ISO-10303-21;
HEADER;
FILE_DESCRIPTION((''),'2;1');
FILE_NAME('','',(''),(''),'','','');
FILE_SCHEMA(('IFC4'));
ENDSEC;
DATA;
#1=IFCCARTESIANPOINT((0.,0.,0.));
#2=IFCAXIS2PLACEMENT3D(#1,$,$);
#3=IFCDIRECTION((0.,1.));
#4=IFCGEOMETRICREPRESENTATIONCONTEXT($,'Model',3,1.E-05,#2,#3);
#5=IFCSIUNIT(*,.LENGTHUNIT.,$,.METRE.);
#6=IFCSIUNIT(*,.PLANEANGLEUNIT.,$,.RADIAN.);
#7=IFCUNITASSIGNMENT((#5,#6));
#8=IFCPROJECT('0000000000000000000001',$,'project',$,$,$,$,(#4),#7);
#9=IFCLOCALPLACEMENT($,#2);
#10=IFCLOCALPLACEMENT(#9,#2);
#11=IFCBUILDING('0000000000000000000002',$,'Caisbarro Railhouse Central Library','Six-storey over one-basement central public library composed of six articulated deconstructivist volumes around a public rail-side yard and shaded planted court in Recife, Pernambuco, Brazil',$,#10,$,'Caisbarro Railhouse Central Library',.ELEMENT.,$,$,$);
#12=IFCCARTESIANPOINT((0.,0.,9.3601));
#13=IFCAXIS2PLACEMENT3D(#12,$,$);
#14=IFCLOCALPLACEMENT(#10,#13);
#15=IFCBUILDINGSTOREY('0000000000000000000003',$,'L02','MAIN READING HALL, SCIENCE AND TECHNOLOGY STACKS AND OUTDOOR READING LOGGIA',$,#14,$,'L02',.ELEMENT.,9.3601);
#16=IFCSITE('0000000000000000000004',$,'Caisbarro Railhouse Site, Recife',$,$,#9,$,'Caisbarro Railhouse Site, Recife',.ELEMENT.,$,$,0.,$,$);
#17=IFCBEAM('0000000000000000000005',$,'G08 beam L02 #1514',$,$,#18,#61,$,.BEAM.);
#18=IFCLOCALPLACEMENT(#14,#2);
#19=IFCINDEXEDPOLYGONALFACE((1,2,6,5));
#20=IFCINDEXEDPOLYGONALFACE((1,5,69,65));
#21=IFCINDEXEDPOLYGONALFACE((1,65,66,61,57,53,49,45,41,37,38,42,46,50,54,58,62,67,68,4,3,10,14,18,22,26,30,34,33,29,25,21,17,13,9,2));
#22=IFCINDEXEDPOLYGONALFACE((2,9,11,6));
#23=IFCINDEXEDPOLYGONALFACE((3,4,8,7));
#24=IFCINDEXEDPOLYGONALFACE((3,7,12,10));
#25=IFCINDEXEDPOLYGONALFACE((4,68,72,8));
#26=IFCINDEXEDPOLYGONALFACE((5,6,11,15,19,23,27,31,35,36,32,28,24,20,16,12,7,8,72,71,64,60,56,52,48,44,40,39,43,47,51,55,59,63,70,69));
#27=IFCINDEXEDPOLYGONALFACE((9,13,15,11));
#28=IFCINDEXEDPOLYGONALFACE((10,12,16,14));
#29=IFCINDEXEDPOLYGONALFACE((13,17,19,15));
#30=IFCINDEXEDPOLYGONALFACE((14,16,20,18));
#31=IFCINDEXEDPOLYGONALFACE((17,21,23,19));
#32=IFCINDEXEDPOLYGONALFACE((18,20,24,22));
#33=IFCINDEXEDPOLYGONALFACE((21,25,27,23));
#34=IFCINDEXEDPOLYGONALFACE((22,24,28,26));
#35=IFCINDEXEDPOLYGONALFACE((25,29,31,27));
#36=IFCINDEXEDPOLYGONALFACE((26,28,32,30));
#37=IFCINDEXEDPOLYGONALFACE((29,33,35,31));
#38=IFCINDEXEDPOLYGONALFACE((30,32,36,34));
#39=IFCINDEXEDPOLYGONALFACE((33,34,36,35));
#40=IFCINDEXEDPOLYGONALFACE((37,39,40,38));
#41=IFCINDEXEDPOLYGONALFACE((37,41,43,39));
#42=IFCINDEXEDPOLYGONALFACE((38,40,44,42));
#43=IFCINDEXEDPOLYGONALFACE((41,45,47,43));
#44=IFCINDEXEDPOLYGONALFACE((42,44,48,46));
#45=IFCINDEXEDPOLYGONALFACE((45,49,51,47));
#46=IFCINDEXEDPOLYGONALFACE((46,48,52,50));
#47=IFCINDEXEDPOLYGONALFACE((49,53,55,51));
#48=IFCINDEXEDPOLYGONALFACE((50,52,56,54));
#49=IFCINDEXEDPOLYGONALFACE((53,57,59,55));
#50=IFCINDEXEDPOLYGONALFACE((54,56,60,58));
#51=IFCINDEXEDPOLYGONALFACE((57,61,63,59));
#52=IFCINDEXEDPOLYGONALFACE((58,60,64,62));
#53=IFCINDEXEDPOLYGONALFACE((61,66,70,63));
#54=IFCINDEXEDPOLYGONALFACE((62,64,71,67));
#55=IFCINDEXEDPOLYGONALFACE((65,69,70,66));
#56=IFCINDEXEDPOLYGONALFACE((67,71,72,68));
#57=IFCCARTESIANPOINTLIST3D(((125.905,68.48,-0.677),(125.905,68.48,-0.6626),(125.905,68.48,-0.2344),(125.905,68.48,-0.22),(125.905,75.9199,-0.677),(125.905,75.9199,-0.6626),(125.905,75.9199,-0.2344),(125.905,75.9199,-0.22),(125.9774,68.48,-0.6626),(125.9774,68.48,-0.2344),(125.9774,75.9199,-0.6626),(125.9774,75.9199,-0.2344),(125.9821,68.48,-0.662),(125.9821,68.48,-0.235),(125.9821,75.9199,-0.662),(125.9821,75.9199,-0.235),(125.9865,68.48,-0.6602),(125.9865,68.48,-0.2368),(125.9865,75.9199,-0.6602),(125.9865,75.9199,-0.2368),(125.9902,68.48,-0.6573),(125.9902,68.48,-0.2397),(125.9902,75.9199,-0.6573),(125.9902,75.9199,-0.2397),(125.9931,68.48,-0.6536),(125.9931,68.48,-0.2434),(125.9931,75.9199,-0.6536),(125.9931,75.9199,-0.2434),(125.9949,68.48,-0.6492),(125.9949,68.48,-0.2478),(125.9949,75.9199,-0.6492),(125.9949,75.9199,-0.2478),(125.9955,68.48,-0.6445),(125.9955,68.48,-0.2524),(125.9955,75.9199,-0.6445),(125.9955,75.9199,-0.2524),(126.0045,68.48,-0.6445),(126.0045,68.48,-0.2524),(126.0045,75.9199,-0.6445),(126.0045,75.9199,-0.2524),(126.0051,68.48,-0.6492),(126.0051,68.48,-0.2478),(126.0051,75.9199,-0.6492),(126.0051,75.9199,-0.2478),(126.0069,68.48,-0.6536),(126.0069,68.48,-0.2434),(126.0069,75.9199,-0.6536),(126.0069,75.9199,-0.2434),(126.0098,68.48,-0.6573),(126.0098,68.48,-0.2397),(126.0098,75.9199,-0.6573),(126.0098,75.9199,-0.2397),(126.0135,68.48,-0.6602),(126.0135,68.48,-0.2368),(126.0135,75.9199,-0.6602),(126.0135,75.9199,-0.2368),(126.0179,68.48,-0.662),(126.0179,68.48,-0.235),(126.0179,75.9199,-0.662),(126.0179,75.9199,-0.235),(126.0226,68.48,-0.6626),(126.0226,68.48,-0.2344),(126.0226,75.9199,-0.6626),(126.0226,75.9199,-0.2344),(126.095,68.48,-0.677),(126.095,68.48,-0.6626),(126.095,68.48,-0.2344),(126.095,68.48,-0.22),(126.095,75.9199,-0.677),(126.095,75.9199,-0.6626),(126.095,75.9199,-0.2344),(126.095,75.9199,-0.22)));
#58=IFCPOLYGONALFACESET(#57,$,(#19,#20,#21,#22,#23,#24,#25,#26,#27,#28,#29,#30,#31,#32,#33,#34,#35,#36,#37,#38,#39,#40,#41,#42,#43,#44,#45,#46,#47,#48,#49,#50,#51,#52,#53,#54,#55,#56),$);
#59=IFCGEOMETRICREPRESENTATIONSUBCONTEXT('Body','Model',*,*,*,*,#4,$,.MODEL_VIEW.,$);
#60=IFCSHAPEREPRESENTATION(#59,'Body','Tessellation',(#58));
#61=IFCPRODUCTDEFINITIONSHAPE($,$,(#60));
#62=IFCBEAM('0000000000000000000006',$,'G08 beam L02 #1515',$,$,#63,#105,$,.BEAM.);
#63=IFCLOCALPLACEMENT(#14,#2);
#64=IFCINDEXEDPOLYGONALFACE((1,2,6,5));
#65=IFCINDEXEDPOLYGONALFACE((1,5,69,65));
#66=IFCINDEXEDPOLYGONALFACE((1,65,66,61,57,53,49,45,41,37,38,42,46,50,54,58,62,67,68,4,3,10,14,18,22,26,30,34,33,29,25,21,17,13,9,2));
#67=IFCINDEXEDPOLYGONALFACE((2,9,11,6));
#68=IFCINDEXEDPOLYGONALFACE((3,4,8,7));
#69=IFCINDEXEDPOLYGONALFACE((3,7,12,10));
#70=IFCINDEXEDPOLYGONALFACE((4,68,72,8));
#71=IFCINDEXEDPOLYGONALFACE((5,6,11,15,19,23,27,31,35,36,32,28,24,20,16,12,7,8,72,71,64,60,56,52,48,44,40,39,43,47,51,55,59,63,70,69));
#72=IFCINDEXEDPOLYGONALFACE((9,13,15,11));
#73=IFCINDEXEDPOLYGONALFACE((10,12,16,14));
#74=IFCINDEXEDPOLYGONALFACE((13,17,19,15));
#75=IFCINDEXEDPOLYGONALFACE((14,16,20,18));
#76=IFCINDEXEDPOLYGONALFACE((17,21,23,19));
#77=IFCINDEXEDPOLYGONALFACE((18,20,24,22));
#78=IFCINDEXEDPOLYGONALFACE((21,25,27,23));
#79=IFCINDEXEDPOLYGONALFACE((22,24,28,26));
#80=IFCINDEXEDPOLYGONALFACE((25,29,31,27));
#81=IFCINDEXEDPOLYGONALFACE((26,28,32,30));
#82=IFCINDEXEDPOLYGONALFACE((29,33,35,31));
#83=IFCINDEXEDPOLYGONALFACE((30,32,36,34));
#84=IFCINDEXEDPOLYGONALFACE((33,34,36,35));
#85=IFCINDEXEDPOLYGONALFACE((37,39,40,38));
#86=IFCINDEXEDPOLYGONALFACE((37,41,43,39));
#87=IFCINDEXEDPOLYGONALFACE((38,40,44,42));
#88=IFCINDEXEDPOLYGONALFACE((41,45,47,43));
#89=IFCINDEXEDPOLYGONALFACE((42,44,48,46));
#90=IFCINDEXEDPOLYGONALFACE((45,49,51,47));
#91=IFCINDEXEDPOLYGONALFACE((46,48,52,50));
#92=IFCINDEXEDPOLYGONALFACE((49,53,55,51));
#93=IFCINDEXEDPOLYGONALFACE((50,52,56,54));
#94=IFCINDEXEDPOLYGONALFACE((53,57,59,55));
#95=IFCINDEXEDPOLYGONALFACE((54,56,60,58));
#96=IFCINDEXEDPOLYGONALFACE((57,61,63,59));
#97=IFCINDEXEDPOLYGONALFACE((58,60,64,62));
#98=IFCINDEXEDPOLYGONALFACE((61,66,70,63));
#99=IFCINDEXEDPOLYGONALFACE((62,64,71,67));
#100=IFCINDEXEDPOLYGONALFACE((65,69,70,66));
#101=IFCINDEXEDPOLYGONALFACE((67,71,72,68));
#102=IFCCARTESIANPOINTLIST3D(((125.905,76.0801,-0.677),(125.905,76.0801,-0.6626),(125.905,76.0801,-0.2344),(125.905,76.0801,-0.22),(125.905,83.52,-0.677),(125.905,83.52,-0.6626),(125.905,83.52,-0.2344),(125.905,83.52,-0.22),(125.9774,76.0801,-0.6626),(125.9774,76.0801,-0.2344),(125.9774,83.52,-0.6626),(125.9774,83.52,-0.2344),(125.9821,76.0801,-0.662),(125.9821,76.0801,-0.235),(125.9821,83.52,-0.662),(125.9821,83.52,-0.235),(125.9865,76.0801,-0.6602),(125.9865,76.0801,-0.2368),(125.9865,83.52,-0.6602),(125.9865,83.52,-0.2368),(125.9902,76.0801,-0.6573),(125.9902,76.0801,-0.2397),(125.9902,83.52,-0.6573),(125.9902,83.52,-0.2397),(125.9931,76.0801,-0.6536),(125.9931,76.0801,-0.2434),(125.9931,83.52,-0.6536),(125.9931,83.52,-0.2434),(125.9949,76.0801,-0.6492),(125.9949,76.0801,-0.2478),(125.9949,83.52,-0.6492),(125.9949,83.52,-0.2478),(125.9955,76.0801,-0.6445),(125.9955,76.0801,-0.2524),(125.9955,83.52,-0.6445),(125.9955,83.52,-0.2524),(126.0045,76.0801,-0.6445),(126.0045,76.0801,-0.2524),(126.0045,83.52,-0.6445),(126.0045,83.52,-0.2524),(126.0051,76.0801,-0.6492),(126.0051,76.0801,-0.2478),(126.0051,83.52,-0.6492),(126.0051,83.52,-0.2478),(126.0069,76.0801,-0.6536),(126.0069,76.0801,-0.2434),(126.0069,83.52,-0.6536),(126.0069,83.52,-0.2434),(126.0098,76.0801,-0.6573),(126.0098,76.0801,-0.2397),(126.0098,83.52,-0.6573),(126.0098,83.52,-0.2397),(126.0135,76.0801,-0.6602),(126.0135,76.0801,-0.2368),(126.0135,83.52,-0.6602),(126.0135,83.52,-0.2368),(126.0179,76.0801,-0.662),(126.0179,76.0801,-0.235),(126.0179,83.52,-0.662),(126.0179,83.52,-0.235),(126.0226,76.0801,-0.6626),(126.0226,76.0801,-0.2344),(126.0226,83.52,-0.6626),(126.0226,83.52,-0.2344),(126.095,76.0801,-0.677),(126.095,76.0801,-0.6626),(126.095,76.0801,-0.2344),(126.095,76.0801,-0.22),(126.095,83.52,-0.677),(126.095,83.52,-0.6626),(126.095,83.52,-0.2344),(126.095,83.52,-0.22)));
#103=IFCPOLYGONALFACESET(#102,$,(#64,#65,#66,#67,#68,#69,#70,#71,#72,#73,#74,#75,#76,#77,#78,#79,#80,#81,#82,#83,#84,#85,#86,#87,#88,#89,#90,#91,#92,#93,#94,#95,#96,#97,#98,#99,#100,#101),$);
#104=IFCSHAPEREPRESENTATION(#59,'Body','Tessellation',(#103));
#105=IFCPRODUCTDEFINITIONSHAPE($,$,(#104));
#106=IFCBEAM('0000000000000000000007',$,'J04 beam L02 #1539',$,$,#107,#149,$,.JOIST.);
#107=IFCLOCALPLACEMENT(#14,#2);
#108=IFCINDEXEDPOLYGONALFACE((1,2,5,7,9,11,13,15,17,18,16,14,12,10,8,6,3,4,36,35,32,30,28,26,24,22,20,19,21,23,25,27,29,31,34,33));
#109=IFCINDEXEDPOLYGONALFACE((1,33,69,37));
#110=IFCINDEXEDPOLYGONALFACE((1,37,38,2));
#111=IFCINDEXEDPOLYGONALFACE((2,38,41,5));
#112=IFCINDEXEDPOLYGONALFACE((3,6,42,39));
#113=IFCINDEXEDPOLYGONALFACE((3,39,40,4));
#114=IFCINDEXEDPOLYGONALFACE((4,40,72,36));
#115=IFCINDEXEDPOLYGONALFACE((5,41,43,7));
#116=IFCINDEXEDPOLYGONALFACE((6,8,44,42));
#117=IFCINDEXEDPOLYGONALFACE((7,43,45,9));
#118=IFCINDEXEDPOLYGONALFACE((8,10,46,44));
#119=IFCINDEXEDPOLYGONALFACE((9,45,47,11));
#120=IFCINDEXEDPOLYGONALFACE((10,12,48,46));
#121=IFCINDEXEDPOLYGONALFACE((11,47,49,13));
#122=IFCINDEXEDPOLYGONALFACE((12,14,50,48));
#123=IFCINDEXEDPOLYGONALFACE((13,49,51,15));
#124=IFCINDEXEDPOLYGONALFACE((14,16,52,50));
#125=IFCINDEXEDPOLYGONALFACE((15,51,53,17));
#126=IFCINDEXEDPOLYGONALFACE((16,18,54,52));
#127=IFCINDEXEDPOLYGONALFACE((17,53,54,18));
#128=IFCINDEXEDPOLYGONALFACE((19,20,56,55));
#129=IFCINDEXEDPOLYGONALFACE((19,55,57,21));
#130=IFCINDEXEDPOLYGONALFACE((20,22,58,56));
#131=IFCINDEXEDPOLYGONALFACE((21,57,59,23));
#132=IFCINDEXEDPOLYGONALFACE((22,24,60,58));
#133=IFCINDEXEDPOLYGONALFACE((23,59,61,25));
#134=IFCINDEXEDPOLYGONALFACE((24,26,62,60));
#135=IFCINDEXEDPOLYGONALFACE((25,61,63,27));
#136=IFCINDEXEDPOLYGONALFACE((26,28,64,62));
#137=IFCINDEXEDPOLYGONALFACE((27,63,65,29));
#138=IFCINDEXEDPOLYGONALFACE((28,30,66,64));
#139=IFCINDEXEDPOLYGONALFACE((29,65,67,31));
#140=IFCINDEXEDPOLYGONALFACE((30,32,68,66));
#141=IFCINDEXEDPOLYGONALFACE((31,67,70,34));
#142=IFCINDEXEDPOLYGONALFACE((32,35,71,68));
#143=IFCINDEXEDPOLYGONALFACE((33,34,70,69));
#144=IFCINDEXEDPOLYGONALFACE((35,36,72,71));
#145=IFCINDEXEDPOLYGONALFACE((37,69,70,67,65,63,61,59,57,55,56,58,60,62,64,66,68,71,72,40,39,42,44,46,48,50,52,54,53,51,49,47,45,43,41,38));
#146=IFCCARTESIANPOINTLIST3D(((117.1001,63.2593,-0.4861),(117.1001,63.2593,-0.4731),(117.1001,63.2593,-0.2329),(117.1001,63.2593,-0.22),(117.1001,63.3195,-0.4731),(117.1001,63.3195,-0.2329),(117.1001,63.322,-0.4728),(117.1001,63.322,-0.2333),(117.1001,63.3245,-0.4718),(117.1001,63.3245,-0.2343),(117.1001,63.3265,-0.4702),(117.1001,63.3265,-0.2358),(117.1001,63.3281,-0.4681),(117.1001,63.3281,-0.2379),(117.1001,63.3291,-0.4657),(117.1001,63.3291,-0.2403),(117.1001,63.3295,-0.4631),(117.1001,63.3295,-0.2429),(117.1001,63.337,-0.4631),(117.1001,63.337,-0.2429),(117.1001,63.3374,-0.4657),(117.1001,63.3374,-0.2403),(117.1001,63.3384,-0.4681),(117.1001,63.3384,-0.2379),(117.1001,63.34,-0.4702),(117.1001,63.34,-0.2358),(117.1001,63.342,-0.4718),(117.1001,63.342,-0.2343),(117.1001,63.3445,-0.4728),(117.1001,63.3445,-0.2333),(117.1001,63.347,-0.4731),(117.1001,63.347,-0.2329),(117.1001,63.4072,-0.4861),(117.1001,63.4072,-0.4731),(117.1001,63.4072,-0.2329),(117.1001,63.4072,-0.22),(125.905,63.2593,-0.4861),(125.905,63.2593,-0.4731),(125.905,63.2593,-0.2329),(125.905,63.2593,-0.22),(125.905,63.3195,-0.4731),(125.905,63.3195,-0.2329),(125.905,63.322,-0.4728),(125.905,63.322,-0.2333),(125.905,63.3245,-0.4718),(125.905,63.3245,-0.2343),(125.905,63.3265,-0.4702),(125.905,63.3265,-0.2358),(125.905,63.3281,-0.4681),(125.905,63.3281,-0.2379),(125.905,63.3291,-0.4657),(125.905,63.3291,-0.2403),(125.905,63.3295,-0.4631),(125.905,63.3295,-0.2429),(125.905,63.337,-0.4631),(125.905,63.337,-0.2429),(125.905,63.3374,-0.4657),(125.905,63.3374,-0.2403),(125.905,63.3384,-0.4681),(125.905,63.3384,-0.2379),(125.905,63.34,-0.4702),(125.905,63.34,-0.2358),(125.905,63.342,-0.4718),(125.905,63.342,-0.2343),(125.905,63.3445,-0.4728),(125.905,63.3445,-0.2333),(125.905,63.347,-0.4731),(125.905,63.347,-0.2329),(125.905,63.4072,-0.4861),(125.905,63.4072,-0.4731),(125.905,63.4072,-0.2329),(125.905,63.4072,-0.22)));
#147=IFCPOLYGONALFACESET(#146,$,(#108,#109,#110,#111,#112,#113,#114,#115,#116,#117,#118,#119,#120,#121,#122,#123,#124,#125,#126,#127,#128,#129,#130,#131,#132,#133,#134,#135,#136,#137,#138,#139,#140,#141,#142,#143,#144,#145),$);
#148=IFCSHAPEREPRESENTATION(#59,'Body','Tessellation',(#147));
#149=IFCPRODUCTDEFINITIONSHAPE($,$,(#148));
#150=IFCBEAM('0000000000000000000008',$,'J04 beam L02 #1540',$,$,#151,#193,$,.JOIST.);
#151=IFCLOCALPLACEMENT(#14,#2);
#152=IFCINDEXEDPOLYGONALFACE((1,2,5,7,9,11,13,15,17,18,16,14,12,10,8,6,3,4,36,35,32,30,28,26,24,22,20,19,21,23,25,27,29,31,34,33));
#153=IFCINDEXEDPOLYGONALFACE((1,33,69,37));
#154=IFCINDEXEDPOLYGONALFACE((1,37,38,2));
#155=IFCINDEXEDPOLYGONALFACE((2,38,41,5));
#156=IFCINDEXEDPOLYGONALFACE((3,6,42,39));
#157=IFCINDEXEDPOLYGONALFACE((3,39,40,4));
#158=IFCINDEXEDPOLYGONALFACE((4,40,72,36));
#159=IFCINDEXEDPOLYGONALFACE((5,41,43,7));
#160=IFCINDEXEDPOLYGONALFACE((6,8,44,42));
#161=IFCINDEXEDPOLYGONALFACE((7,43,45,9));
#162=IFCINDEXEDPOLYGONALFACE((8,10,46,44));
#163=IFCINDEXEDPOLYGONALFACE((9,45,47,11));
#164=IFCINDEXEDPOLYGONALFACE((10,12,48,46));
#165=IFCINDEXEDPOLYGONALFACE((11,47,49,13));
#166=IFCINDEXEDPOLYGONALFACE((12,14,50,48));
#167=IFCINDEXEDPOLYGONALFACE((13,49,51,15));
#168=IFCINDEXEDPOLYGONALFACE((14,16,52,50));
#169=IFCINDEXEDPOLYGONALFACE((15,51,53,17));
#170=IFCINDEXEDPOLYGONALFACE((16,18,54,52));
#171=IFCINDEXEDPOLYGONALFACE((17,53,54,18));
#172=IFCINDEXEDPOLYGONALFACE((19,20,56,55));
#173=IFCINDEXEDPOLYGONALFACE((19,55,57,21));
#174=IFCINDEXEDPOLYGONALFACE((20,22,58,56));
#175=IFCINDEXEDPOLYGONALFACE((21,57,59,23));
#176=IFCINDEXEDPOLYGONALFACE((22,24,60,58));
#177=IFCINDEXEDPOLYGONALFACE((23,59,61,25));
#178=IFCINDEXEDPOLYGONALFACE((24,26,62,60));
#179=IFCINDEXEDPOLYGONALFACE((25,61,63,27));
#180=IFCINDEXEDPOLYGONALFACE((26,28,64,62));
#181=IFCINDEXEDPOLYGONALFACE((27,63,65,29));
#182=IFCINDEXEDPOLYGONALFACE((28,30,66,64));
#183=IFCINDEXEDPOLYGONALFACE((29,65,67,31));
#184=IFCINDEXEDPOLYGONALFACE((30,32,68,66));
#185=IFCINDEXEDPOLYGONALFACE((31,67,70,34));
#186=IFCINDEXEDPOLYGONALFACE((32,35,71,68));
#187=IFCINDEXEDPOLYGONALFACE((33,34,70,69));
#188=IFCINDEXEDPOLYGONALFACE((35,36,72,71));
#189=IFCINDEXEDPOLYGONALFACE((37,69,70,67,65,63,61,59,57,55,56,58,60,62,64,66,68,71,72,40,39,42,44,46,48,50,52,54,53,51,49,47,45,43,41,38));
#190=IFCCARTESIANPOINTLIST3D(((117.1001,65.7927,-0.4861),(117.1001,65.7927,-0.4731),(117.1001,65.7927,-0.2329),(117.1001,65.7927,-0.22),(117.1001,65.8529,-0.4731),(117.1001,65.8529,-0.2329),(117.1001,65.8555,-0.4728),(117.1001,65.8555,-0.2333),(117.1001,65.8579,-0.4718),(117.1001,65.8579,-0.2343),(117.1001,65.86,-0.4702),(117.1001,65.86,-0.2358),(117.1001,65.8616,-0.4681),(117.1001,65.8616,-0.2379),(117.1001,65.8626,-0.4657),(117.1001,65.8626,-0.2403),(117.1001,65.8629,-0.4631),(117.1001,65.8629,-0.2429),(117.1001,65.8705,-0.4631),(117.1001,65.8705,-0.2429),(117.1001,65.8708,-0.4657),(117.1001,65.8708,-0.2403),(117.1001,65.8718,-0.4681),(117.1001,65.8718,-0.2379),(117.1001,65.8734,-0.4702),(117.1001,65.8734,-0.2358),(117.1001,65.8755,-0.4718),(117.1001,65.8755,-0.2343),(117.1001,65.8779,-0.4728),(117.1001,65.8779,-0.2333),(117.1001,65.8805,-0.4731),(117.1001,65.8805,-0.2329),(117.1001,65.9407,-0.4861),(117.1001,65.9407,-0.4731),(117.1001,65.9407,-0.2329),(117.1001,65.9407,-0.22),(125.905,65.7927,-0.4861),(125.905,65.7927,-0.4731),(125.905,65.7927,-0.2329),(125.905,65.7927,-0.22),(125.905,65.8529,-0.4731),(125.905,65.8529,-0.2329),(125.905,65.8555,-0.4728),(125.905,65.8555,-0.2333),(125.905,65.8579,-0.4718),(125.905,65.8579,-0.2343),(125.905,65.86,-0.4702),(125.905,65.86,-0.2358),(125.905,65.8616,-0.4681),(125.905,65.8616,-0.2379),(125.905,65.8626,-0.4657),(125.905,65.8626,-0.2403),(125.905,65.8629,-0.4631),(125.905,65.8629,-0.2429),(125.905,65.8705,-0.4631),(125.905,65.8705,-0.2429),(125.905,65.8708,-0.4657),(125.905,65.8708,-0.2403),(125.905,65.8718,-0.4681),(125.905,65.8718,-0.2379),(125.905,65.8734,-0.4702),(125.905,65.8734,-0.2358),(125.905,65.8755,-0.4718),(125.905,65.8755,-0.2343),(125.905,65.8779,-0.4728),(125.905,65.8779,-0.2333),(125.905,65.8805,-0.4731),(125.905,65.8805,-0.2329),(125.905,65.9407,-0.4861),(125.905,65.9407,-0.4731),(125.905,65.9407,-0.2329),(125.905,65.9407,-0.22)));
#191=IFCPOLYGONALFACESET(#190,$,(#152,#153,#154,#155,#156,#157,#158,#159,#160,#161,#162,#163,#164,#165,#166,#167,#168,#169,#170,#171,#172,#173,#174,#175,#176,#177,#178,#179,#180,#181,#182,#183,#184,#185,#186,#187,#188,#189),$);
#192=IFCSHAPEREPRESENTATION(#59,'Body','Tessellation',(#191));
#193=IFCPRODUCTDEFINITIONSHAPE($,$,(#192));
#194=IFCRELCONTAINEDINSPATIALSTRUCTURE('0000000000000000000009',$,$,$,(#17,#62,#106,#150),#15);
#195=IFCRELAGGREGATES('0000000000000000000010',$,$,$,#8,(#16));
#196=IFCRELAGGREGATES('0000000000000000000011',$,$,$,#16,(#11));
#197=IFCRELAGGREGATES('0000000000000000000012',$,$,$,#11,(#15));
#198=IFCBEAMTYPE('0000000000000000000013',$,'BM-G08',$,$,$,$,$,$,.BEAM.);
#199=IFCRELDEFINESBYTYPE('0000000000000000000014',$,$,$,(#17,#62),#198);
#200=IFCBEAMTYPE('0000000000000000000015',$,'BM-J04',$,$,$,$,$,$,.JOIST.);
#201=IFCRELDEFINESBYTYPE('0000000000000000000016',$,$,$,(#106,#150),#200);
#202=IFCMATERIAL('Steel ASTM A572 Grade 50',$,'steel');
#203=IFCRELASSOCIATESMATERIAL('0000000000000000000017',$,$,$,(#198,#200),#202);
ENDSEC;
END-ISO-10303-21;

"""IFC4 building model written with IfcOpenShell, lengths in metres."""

from ifc_helpers import new_model, si_unit, direction, frame, origin, origin_2d, place, context, subcontext, project, spatial, i_section, extrude, material, material_profile, profile_set, type_object, element, save


model = new_model("IFC4")

# Units and contexts
model_context = context("Model", 3, precision=1e-05, world=origin(), true_north=direction((0.0, 1.0)))
body_context = subcontext(model_context, "Body", "Model", "MODEL_VIEW")
ifc_project = project(units=[si_unit("LENGTHUNIT", "METRE"), si_unit("PLANEANGLEUNIT", "RADIAN")], contexts=[model_context])

# Site, building, storey
site_placement = place(None, origin())
site = spatial("IfcSite", under=ifc_project, at=site_placement, Name="Caisbarro Railhouse Site, Recife", LongName="Caisbarro Railhouse Site, Recife", CompositionType="ELEMENT", RefElevation=0.0)
building_placement = place(site_placement, origin())
building = spatial("IfcBuilding", under=site, at=building_placement, Name="Caisbarro Railhouse Central Library", Description="Six-storey over one-basement central public library composed of six articulated deconstructivist volumes around a public rail-side yard and shaded planted court in Recife, Pernambuco, Brazil", LongName="Caisbarro Railhouse Central Library", CompositionType="ELEMENT")
storey_placement = place(building_placement, frame((0.0, 0.0, 9.3601)))
storey = spatial("IfcBuildingStorey", under=building, at=storey_placement, Name="L02", Description="MAIN READING HALL, SCIENCE AND TECHNOLOGY STACKS AND OUTDOOR READING LOGGIA", LongName="L02", CompositionType="ELEMENT", Elevation=9.3601)

# Shared definitions
ifc_material_1 = material(Name="Steel ASTM A572 Grade 50", Category="steel")

# Beams
ifc_material_profile_1 = material_profile(ifc_material_1, i_section(OverallWidth=0.1899, OverallDepth=0.457, WebThickness=0.009, FlangeThickness=0.0144, FilletRadius=0.0181, at=origin_2d()), Name="W460X74.0")
ifc_profile_set_1 = profile_set([ifc_material_profile_1], Name="Steel ASTM A572 Grade 50")
beam_type_1 = type_object("IfcBeamType", Name="BM-G08", PredefinedType="BEAM", material=ifc_profile_set_1)
for number, where, z_axis, x_axis, name in (
    (1, (126.0, 68.48, -0.4485), (0.0, 1.0, 0.0), (-1.0, 0.0, 0.0), "G08 beam L02 #1514"),
    (2, (126.0, 76.0801, -0.4485), (0.0, 1.0, 0.0), (-1.0, 0.0, 0.0), "G08 beam L02 #1515"),
):
    element("IfcBeam", number, at=place(storey_placement, frame(where, z_axis=z_axis, x_axis=x_axis)), inside=storey, type_object=beam_type_1, Name=name, PredefinedType="BEAM", context=body_context, shape_type="SweptSolid", body=[
        extrude(i_section(OverallWidth=0.1899, OverallDepth=0.457, WebThickness=0.009, FlangeThickness=0.0144, FilletRadius=0.0181, at=origin_2d()), origin(), (0.0, 0.0, 1.0), 7.4399),
    ])
ifc_material_profile_2 = material_profile(ifc_material_1, i_section(OverallWidth=0.1479, OverallDepth=0.2661, WebThickness=0.0076, FlangeThickness=0.0129, FilletRadius=0.01, at=origin_2d()), Name="W250X44.8")
ifc_profile_set_2 = profile_set([ifc_material_profile_2], Name="Steel ASTM A572 Grade 50")
beam_type_2 = type_object("IfcBeamType", Name="BM-J04", PredefinedType="JOIST", material=ifc_profile_set_2)
for number, where, z_axis, x_axis, name in (
    (3, (117.1001, 63.3333, -0.353), (1.0, 0.0, 0.0), (0.0, 1.0, 0.0), "J04 beam L02 #1539"),
    (4, (117.1001, 65.8667, -0.353), (1.0, 0.0, 0.0), (0.0, 1.0, 0.0), "J04 beam L02 #1540"),
):
    element("IfcBeam", number, at=place(storey_placement, frame(where, z_axis=z_axis, x_axis=x_axis)), inside=storey, type_object=beam_type_2, Name=name, PredefinedType="JOIST", context=body_context, shape_type="SweptSolid", body=[
        extrude(i_section(OverallWidth=0.1479, OverallDepth=0.2661, WebThickness=0.0076, FlangeThickness=0.0129, FilletRadius=0.01, at=origin_2d()), origin(), (0.0, 0.0, 1.0), 8.8049),
    ])

save(model, "model.ifc")
